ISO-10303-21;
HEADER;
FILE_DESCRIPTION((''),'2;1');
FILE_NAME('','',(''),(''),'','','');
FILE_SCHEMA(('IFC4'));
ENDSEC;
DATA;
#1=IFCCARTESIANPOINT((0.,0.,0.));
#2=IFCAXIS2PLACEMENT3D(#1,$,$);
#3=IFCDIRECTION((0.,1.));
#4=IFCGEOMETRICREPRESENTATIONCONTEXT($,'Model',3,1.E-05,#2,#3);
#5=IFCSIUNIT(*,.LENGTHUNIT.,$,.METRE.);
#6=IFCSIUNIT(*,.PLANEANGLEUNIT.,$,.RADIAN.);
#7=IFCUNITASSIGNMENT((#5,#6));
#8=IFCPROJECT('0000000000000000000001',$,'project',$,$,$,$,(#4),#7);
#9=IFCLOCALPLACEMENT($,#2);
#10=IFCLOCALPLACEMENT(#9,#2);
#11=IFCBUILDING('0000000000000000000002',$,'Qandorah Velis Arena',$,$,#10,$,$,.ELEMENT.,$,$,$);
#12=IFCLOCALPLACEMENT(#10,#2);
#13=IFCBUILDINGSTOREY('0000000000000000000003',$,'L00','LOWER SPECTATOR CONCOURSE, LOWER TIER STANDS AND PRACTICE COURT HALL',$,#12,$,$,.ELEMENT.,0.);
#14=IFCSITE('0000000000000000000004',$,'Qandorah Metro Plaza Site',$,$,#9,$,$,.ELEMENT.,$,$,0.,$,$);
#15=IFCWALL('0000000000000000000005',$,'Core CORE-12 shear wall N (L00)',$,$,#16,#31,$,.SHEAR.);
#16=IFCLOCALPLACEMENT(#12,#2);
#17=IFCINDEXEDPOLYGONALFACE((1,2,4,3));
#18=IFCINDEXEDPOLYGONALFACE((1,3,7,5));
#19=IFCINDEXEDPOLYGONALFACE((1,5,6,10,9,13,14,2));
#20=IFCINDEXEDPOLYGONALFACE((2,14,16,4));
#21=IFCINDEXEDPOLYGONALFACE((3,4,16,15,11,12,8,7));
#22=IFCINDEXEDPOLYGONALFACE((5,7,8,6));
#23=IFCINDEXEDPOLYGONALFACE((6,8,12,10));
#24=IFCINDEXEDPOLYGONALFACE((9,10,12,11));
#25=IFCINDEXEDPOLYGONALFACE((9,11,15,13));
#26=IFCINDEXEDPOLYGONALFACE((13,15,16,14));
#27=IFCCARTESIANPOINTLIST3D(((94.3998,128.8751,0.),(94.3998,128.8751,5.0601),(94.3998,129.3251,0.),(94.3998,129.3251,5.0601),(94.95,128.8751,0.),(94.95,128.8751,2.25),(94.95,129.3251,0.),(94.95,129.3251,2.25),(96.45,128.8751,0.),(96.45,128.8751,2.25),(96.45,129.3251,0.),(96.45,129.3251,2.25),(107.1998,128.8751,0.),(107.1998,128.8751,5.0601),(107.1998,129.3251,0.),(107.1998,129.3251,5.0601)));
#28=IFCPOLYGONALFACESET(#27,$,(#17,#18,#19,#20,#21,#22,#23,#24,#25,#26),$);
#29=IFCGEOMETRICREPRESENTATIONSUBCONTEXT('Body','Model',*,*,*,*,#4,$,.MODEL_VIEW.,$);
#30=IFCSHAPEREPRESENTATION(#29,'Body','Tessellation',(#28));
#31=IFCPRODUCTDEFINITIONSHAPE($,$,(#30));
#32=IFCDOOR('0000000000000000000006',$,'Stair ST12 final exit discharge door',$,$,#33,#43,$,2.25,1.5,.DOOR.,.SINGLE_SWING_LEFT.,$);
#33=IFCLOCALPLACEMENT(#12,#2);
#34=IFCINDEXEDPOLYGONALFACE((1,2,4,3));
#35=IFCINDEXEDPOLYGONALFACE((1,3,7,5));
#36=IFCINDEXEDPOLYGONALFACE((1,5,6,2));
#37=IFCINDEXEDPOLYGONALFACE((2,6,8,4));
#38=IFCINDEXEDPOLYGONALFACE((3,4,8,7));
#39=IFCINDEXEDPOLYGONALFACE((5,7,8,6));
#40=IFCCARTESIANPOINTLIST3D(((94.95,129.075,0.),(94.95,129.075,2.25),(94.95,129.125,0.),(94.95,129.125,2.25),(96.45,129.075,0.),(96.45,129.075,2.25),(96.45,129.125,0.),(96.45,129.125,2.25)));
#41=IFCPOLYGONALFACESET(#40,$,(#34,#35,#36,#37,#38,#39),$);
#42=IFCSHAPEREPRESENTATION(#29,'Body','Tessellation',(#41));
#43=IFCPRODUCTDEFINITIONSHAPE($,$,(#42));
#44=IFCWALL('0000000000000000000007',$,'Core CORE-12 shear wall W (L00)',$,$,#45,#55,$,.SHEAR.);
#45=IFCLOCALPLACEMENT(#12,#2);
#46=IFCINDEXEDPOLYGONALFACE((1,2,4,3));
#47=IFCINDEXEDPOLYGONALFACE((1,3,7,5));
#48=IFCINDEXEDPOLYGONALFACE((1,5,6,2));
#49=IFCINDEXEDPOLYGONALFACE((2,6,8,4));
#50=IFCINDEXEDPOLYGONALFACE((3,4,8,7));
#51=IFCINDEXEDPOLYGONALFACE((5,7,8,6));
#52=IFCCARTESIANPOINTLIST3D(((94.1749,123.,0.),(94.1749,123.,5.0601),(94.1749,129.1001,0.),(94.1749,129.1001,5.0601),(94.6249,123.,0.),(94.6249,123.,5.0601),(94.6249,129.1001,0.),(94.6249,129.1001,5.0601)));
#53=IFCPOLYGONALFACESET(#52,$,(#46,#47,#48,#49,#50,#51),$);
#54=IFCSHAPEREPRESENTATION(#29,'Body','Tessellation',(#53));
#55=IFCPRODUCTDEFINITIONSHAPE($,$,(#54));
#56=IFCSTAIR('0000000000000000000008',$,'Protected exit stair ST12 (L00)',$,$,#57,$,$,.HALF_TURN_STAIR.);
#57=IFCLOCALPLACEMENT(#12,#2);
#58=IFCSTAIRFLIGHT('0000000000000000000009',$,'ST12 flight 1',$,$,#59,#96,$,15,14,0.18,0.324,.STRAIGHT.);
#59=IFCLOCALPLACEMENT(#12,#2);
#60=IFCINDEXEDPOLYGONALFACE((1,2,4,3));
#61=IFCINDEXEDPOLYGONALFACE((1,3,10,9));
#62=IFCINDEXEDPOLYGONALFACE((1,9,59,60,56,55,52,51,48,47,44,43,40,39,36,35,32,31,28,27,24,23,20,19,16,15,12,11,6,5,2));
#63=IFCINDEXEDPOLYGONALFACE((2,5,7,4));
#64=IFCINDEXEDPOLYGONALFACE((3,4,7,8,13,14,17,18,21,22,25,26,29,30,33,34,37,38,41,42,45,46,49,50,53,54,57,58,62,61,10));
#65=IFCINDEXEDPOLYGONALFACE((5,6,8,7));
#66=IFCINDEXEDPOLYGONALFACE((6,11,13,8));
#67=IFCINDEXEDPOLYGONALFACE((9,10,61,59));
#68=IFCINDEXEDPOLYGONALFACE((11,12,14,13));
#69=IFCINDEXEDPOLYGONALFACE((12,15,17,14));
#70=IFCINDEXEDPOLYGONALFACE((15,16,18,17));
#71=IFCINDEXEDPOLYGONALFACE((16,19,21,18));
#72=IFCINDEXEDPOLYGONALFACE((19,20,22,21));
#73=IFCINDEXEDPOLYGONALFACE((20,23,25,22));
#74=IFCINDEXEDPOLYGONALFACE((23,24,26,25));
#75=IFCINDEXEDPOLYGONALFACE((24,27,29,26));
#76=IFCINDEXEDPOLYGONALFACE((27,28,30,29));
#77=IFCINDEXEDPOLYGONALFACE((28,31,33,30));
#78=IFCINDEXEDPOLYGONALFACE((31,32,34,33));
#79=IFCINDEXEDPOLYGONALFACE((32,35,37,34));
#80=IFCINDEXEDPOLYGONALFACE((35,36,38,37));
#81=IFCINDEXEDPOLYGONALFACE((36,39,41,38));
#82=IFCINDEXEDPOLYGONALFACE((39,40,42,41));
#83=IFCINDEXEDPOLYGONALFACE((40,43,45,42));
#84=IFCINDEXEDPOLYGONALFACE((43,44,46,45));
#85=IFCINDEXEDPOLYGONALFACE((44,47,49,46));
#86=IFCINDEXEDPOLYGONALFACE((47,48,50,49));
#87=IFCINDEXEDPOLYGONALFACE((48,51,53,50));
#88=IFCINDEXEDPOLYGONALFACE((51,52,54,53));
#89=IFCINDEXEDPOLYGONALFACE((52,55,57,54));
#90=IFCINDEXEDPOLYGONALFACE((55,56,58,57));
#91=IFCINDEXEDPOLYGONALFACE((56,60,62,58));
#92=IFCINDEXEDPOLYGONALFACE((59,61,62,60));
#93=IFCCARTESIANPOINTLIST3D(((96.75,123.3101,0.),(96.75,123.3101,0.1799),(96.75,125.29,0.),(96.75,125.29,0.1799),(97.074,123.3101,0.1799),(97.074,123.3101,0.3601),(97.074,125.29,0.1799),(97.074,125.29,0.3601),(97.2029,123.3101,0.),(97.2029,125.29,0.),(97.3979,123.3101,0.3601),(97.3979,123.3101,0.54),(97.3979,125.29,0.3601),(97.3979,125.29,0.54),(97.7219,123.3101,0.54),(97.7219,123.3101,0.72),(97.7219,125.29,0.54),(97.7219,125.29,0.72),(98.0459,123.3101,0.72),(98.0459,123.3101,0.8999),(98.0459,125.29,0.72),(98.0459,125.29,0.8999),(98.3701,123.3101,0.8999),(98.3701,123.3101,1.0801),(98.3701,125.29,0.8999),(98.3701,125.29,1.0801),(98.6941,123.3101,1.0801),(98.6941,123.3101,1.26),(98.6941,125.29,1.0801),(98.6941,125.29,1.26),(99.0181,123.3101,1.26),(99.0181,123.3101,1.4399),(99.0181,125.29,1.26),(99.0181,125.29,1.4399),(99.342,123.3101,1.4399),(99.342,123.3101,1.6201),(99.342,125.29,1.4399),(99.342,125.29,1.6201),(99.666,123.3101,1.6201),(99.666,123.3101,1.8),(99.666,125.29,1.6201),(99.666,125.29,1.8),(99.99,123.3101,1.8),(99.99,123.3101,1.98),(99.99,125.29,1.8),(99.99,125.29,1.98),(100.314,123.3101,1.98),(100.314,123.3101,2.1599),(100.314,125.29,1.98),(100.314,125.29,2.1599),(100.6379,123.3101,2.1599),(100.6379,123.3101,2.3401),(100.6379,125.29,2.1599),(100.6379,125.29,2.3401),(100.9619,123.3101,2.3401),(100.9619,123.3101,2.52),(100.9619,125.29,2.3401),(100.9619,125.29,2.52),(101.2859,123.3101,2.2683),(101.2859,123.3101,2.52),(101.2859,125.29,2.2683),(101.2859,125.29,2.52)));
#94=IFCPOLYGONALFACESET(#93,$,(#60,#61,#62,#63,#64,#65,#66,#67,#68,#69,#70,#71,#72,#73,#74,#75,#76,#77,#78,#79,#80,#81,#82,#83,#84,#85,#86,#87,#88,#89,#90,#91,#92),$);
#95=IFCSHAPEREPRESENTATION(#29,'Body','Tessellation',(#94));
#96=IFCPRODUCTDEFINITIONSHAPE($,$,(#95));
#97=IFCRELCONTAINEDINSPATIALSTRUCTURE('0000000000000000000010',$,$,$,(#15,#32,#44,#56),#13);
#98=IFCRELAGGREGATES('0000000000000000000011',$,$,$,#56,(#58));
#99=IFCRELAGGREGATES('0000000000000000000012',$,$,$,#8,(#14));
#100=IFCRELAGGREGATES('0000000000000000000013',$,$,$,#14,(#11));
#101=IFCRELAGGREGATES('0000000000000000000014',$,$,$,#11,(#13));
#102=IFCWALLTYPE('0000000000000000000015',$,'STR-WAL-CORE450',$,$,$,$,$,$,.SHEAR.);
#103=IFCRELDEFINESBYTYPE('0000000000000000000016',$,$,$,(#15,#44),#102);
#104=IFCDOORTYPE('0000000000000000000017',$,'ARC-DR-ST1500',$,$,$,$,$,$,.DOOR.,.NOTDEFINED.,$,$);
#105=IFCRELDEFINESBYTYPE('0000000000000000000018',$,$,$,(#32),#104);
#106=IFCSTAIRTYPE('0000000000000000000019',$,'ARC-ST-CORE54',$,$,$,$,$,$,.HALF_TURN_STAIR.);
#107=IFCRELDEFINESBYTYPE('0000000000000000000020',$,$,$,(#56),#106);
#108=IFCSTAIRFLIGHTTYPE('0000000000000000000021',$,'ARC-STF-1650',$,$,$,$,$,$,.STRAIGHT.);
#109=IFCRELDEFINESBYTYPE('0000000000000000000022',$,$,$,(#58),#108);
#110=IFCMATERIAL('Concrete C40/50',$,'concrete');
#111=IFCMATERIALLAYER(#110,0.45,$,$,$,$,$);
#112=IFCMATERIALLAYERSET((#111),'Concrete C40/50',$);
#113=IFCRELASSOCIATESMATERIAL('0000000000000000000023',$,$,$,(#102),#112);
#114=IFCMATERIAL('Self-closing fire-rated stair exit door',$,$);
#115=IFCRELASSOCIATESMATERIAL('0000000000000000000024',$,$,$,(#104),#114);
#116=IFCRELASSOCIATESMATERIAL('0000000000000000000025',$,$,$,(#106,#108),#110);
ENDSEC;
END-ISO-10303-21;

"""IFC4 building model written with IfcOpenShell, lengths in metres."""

from ifc_helpers import new_model, si_unit, direction, frame, frame_2d, origin, place, context, subcontext, project, spatial, polyline, rectangle, outline, extrude, material, layer, layer_set, type_object, element, fill, aggregate, save


model = new_model("IFC4")

# Units and contexts
model_context = context("Model", 3, precision=1e-05, world=origin(), true_north=direction((0.0, 1.0)))
body_context = subcontext(model_context, "Body", "Model", "MODEL_VIEW")
ifc_project = project(units=[si_unit("LENGTHUNIT", "METRE"), si_unit("PLANEANGLEUNIT", "RADIAN")], contexts=[model_context])

# Site, building, storey
site_placement = place(None, origin())
site = spatial("IfcSite", under=ifc_project, at=site_placement, Name="Qandorah Metro Plaza Site", CompositionType="ELEMENT", RefElevation=0.0)
building_placement = place(site_placement, origin())
building = spatial("IfcBuilding", under=site, at=building_placement, Name="Qandorah Velis Arena", CompositionType="ELEMENT")
storey_placement = place(building_placement, origin())
storey = spatial("IfcBuildingStorey", under=building, at=storey_placement, Name="L00", Description="LOWER SPECTATOR CONCOURSE, LOWER TIER STANDS AND PRACTICE COURT HALL", CompositionType="ELEMENT", Elevation=0.0)

# Shared definitions
ifc_material_1 = material(Name="Concrete C40/50", Category="concrete")

# Shared definitions
ifc_layer_1 = layer(ifc_material_1, 0.45)
ifc_layer_set_1 = layer_set([ifc_layer_1], Name="Concrete C40/50")
wall_type_1 = type_object("IfcWallType", Name="STR-WAL-CORE450", PredefinedType="SHEAR", material=ifc_layer_set_1)

# Wall, opening, door
wall_1_placement = place(storey_placement, frame((94.3999, 129.1001, 0.0), z_axis=(0.0, 0.0, 1.0), x_axis=(1.0, 0.0, 0.0)))
wall_1 = element("IfcWall", 1, at=wall_1_placement, inside=storey, type_object=wall_type_1, Name="Core CORE-12 shear wall N (L00)", PredefinedType="SHEAR", context=body_context, shape_type="SweptSolid", body=[
    extrude(rectangle(XDim=12.8, YDim=0.45, at=frame_2d((6.3999, 0.0))), origin(), (0.0, 0.0, 1.0), 5.0601),
])
opening_1_placement = place(wall_1_placement, frame((0.55, 0.0, 0.0)))
opening_1 = element("IfcOpeningElement", 2, at=opening_1_placement, cuts=wall_1, PredefinedType="OPENING", context=body_context, shape_type="SweptSolid", body=[
    extrude(rectangle(XDim=1.5, YDim=2.25, at=frame_2d((0.75, 1.125))), frame((0.0, 0.2349, 0.0), z_axis=(0.0, -1.0, 0.0), x_axis=(1.0, 0.0, 0.0)), (0.0, 0.0, 1.0), 0.47),
])
ifc_material_2 = material(Name="Self-closing fire-rated stair exit door")
door_type_1 = type_object("IfcDoorType", Name="ARC-DR-ST1500", OperationType="NOTDEFINED", PredefinedType="DOOR", material=ifc_material_2)
door_1_placement = place(opening_1_placement, origin())
door_1 = element("IfcDoor", 3, at=door_1_placement, inside=storey, type_object=door_type_1, Name="Stair ST12 final exit discharge door", OperationType="SINGLE_SWING_LEFT", OverallHeight=2.25, OverallWidth=1.5, PredefinedType="DOOR", context=body_context, shape_type="SweptSolid", body=[
    extrude(rectangle(XDim=1.5, YDim=2.25, at=frame_2d((0.75, 1.125))), frame((0.0, 0.0249, 0.0), z_axis=(0.0, -1.0, 0.0), x_axis=(1.0, 0.0, 0.0)), (0.0, 0.0, 1.0), 0.05),
])
fill(opening_1, door_1)

# Wall
wall_2_placement = place(storey_placement, frame((94.3999, 123.0, 0.0), z_axis=(0.0, 0.0, 1.0), x_axis=(0.0, 1.0, 0.0)))
element("IfcWall", 4, at=wall_2_placement, inside=storey, type_object=wall_type_1, Name="Core CORE-12 shear wall W (L00)", PredefinedType="SHEAR", context=body_context, shape_type="SweptSolid", body=[
    extrude(rectangle(XDim=6.1001, YDim=0.45, at=frame_2d((3.05, 0.0))), origin(), (0.0, 0.0, 1.0), 5.0601),
])

# Stair, stair flight
stair_type = type_object("IfcStairType", Name="ARC-ST-CORE54", PredefinedType="HALF_TURN_STAIR", material=ifc_material_1)
stair_placement = place(storey_placement, origin())
stair = element("IfcStair", 5, at=stair_placement, inside=storey, type_object=stair_type, Name="Protected exit stair ST12 (L00)", PredefinedType="HALF_TURN_STAIR")
stair_flight_type = type_object("IfcStairFlightType", Name="ARC-STF-1650", PredefinedType="STRAIGHT", material=ifc_material_1)
stair_flight_placement = place(storey_placement, frame((96.75, 124.3, 0.0), z_axis=(0.0, 0.0, 1.0), x_axis=(1.0, 0.0, 0.0)))
stair_flight = element("IfcStairFlight", 6, at=stair_flight_placement, type_object=stair_flight_type, Name="ST12 flight 1", NumberOfRisers=15, NumberOfTreads=14, PredefinedType="STRAIGHT", RiserHeight=0.18, TreadLength=0.324, context=body_context, shape_type="SweptSolid", body=[
    extrude(outline(polyline([(0.0, 0.0), (0.0, 0.1799), (0.324, 0.1799), (0.324, 0.3601), (0.6479, 0.3601), (0.6479, 0.54), (0.9719, 0.54), (0.9719, 0.72), (1.2959, 0.72), (1.2959, 0.8999), (1.6201, 0.8999), (1.6201, 1.0801), (1.9441, 1.0801), (1.9441, 1.26), (2.2681, 1.26), (2.2681, 1.4399), (2.592, 1.4399), (2.592, 1.6201), (2.916, 1.6201), (2.916, 1.8), (3.24, 1.8), (3.24, 1.98), (3.564, 1.98), (3.564, 2.1599), (3.8879, 2.1599), (3.8879, 2.3401), (4.2119, 2.3401), (4.2119, 2.52), (4.5359, 2.52), (4.5359, 2.7), (4.5359, 2.2683), (0.4529, 0.0), (0.0, 0.0)])), frame((0.0, 0.99, 0.0), z_axis=(0.0, -1.0, 0.0), x_axis=(1.0, 0.0, 0.0)), (0.0, 0.0, 1.0), 1.98),
])
aggregate(stair, [stair_flight])

save(model, "model.ifc")
